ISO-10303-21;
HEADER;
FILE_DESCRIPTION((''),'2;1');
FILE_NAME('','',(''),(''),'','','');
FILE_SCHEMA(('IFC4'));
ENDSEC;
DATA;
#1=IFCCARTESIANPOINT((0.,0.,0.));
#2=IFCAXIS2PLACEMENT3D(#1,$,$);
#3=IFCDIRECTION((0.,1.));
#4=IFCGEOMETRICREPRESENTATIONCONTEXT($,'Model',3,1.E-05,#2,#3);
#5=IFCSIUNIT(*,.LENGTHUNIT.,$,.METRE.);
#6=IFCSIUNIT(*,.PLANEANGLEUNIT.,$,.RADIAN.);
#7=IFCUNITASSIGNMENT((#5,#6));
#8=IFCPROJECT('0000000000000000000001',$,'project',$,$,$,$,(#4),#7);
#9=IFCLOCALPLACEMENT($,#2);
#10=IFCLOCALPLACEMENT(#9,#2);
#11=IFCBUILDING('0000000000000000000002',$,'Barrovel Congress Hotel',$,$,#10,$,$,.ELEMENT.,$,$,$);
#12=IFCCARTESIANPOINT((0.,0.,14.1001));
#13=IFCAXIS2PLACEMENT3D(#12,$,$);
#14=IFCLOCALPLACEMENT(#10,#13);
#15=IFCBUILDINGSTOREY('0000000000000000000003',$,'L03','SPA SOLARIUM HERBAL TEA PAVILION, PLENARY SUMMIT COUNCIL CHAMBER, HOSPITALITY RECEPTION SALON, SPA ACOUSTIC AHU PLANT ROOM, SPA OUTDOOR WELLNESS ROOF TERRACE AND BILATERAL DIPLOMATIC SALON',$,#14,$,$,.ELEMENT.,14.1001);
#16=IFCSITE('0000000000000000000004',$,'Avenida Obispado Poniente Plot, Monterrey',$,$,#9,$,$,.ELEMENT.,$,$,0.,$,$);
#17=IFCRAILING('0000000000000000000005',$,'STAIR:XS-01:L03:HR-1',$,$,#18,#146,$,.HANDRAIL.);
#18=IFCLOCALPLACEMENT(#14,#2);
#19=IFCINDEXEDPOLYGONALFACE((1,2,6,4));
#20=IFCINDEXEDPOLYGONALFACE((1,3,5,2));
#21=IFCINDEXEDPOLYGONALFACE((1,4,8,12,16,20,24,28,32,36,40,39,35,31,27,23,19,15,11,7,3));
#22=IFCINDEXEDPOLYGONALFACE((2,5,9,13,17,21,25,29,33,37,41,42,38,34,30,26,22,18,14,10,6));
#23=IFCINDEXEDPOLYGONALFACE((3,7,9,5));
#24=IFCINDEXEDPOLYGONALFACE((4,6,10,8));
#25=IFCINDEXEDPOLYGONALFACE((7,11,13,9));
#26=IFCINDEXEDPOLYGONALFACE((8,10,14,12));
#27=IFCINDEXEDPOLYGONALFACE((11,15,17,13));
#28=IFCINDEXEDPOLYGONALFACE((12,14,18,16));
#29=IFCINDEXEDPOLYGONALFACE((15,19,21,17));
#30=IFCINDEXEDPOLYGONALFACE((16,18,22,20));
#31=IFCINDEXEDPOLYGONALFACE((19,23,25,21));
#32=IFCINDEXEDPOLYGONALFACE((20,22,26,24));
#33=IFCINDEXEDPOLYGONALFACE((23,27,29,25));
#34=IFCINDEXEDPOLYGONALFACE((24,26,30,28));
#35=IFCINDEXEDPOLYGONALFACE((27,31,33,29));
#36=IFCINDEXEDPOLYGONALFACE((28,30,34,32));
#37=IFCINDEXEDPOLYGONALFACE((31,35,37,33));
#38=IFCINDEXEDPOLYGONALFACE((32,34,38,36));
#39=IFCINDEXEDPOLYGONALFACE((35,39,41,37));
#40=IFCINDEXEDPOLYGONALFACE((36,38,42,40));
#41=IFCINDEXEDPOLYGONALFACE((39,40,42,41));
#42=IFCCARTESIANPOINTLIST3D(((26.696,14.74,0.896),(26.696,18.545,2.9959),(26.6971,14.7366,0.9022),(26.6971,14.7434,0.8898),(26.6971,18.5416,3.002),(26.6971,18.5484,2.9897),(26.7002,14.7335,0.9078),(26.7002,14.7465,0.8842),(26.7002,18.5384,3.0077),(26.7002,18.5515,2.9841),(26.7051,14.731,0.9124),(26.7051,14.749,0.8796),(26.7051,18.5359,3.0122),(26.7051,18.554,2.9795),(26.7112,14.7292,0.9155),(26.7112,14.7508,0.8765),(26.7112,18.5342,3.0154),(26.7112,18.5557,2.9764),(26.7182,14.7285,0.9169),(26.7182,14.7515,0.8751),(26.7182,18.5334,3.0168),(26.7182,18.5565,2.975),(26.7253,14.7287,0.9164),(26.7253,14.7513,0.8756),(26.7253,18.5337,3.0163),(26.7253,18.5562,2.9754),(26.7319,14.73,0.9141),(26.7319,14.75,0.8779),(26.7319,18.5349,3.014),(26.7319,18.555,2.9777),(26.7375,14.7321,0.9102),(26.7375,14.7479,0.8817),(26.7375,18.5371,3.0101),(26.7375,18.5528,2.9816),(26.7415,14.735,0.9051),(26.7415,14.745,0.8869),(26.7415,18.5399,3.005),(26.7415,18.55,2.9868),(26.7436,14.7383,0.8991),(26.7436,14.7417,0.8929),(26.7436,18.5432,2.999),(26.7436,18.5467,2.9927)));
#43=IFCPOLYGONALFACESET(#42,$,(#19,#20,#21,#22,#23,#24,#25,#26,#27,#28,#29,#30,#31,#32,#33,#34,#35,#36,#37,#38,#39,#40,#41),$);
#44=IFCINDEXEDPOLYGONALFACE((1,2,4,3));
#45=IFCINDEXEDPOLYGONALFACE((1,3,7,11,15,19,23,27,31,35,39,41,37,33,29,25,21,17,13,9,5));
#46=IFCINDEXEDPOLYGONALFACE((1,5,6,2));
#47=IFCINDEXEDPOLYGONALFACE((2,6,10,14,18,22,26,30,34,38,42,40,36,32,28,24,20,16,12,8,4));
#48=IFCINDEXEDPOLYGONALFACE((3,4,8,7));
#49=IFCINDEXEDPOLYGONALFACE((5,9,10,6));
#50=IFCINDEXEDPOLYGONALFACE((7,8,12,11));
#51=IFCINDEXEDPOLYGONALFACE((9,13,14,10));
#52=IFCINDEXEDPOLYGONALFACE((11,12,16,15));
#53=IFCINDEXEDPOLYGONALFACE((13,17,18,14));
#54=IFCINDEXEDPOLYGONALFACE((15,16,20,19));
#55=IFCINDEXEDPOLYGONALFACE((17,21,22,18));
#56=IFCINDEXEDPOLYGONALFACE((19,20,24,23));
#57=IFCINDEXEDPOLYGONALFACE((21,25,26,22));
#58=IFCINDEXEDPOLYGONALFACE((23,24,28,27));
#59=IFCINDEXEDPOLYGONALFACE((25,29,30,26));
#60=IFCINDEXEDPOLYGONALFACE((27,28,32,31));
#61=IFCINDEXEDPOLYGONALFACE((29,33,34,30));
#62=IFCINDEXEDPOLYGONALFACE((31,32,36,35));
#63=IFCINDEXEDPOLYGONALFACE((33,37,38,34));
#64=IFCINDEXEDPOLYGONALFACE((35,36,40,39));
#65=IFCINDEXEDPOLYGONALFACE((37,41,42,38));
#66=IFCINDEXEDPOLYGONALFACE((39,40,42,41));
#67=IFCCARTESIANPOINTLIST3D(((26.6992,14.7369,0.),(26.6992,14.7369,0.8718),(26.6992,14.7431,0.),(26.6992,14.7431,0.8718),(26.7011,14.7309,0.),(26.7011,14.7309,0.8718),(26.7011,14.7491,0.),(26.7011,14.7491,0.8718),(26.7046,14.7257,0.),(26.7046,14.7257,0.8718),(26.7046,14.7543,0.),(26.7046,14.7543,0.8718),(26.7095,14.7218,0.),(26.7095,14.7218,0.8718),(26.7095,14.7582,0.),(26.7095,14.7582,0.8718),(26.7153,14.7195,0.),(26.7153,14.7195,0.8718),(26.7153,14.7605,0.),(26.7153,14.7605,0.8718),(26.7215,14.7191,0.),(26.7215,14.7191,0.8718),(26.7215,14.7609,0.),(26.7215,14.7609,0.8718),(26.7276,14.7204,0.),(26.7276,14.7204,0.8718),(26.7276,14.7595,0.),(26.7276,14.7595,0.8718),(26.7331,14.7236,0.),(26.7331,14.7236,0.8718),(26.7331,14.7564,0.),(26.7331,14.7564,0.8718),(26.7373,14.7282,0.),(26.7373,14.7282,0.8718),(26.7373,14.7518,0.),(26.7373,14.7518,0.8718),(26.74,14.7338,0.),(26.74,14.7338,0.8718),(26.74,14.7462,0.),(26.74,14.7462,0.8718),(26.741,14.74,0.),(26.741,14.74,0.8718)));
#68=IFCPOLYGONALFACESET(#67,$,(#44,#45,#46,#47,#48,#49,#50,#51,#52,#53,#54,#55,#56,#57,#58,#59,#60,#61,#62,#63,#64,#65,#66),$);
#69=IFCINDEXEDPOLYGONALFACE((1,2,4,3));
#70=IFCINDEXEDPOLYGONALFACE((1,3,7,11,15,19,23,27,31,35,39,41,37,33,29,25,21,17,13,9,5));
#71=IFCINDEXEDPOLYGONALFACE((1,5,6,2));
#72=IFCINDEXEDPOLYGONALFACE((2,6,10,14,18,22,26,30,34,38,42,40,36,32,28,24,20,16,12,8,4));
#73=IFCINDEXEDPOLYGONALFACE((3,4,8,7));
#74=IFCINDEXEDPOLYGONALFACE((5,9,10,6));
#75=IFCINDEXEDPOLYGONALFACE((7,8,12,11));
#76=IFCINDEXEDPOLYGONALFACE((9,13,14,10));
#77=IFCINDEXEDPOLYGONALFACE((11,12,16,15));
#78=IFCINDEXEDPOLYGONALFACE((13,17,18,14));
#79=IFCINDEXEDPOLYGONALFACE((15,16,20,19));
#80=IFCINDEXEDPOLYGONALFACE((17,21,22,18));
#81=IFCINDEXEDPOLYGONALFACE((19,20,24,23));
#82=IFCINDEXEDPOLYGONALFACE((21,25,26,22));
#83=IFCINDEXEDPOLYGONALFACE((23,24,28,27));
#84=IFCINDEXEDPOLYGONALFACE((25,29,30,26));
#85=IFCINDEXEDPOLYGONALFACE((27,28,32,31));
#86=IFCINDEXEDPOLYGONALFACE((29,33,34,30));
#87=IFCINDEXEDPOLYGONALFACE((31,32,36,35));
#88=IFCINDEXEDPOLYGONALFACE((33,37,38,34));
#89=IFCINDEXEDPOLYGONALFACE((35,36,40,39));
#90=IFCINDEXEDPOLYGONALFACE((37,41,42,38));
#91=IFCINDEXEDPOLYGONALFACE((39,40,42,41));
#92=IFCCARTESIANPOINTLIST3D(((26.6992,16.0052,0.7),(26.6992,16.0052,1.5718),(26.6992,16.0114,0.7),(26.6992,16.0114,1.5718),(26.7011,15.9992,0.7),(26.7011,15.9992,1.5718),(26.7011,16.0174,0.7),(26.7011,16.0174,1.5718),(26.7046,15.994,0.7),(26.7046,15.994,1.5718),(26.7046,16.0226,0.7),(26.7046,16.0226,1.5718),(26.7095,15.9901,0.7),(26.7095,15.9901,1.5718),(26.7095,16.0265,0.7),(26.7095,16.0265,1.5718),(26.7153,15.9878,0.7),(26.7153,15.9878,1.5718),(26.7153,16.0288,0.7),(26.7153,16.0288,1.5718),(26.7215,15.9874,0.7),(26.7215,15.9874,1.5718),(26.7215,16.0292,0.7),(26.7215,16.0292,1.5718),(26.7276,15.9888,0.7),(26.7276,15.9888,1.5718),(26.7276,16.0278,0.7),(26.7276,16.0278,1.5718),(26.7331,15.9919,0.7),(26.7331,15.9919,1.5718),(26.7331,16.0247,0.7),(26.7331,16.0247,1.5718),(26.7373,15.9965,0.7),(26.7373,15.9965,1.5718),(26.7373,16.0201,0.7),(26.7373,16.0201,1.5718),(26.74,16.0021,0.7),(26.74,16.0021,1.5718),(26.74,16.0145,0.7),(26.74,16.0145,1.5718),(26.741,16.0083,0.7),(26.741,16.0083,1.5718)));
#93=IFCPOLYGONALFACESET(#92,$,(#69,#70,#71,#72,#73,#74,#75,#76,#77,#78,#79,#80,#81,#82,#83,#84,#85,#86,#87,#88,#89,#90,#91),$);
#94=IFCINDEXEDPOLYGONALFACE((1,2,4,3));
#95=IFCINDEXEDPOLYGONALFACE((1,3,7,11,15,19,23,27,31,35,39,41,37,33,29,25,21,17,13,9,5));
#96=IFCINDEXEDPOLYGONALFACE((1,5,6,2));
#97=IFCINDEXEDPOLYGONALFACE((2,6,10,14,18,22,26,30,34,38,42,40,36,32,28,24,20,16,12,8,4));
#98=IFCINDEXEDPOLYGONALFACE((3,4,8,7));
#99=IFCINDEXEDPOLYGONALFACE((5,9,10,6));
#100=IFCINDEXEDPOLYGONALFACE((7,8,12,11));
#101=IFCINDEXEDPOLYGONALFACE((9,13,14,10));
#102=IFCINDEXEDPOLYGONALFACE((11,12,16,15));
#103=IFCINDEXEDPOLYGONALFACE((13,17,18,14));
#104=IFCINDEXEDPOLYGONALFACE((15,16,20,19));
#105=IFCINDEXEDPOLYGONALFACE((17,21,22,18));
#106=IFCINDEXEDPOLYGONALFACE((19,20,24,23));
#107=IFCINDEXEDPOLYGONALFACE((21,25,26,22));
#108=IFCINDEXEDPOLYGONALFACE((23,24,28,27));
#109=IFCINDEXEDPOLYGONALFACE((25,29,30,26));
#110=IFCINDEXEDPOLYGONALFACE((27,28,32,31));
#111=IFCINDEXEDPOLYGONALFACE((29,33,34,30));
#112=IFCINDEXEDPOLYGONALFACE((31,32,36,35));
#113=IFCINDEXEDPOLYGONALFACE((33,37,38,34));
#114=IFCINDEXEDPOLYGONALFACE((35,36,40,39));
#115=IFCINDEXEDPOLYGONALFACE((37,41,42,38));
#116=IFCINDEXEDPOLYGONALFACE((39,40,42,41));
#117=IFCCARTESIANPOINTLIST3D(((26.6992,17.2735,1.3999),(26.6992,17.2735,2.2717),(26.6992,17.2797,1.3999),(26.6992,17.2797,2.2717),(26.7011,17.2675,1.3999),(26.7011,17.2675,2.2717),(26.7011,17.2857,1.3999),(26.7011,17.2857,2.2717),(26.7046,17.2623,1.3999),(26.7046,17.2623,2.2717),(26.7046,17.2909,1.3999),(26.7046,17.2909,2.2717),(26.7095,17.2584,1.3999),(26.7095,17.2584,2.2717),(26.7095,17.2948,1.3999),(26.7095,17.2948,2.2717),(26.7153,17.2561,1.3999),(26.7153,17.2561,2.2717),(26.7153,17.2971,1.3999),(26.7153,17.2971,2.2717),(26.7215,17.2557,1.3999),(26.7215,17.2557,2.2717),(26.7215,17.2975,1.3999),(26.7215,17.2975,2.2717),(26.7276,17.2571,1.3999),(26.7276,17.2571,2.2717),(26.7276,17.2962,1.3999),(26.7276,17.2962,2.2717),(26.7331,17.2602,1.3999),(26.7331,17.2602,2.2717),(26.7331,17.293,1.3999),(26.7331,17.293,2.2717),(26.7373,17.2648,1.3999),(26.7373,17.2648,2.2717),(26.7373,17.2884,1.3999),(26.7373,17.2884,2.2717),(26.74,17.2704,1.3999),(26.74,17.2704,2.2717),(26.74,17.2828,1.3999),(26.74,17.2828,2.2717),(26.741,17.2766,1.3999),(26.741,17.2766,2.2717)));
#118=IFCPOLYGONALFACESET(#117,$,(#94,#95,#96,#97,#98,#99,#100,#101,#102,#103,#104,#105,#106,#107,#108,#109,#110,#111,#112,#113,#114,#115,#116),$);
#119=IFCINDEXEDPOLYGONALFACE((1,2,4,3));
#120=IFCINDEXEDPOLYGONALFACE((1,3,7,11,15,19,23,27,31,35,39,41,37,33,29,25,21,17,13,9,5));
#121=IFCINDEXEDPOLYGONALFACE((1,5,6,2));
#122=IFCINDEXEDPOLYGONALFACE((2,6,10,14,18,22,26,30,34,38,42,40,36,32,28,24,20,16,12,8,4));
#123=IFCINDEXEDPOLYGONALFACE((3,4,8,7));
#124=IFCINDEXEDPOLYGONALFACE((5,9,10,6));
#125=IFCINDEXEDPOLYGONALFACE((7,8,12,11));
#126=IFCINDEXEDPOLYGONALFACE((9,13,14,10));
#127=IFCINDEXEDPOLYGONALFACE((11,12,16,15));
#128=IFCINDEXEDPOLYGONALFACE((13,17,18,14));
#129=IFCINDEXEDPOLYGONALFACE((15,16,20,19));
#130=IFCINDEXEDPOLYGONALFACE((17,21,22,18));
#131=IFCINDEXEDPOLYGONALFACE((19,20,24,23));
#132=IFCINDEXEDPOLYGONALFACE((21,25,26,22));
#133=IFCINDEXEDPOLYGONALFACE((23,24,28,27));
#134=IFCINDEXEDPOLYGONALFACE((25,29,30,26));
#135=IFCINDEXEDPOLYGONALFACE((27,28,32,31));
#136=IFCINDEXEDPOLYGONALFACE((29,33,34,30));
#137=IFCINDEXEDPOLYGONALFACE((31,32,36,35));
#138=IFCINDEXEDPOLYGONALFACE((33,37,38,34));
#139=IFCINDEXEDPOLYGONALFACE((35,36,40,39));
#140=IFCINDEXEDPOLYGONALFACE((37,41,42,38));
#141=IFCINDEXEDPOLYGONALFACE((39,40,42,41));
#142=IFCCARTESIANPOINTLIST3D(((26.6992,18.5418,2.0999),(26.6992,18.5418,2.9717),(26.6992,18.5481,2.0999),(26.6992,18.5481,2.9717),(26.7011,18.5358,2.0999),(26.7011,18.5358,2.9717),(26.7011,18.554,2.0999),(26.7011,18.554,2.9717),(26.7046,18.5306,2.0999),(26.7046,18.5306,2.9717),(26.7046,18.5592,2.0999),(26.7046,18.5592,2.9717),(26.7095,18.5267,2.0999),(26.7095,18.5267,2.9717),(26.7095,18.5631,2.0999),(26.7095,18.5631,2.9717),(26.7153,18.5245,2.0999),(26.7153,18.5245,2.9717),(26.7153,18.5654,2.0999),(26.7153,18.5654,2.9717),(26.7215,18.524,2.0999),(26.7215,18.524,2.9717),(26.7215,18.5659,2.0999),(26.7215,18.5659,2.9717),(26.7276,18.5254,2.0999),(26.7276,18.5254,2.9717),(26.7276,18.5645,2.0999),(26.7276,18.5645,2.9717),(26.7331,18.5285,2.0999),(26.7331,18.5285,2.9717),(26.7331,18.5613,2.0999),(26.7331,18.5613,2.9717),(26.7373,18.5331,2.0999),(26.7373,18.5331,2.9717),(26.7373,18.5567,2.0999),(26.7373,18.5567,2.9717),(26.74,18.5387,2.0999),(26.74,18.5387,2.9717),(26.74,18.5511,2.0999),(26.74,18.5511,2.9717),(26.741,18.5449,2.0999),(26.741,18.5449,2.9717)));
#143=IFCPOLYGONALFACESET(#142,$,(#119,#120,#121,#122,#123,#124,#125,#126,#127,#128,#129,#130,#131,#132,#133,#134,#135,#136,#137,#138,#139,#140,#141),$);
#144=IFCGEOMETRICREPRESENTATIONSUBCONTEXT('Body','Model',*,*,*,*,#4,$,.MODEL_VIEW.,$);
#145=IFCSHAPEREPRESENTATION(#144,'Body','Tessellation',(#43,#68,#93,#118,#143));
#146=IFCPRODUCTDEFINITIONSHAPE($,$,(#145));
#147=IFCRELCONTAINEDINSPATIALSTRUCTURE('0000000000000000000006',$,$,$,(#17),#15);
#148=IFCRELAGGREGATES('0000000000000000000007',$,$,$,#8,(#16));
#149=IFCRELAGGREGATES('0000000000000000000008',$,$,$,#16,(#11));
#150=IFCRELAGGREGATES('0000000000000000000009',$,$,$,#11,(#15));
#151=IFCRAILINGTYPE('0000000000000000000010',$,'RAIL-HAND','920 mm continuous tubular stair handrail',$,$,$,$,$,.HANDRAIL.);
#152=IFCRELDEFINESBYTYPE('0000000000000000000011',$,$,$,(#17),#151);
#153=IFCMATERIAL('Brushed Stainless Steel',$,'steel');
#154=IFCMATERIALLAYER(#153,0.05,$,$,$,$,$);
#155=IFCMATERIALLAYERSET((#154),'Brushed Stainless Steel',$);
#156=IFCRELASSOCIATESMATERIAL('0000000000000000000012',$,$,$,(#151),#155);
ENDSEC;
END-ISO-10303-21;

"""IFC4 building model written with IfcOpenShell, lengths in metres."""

from ifc_helpers import new_model, si_unit, direction, frame, origin, origin_2d, place, context, subcontext, project, spatial, circle, extrude, material, layer, layer_set, type_object, element, save


model = new_model("IFC4")

# Units and contexts
model_context = context("Model", 3, precision=1e-05, world=origin(), true_north=direction((0.0, 1.0)))
body_context = subcontext(model_context, "Body", "Model", "MODEL_VIEW")
ifc_project = project(units=[si_unit("LENGTHUNIT", "METRE"), si_unit("PLANEANGLEUNIT", "RADIAN")], contexts=[model_context])

# Site, building, storey
site_placement = place(None, origin())
site = spatial("IfcSite", under=ifc_project, at=site_placement, Name="Avenida Obispado Poniente Plot, Monterrey", CompositionType="ELEMENT", RefElevation=0.0)
building_placement = place(site_placement, origin())
building = spatial("IfcBuilding", under=site, at=building_placement, Name="Barrovel Congress Hotel", CompositionType="ELEMENT")
storey_placement = place(building_placement, frame((0.0, 0.0, 14.1001)))
storey = spatial("IfcBuildingStorey", under=building, at=storey_placement, Name="L03", Description="SPA SOLARIUM HERBAL TEA PAVILION, PLENARY SUMMIT COUNCIL CHAMBER, HOSPITALITY RECEPTION SALON, SPA ACOUSTIC AHU PLANT ROOM, SPA OUTDOOR WELLNESS ROOF TERRACE AND BILATERAL DIPLOMATIC SALON", CompositionType="ELEMENT", Elevation=14.1001)

# Shared definitions
ifc_material_1 = material(Name="Brushed Stainless Steel", Category="steel")

# Railing
ifc_layer_1 = layer(ifc_material_1, 0.05)
ifc_layer_set_1 = layer_set([ifc_layer_1], Name="Brushed Stainless Steel")
railing_type_1 = type_object("IfcRailingType", Name="RAIL-HAND", Description="920 mm continuous tubular stair handrail", PredefinedType="HANDRAIL", material=ifc_layer_set_1)
railing_1_placement = place(storey_placement, frame((26.72, 14.74, 0.0)))
element("IfcRailing", 1, at=railing_1_placement, inside=storey, type_object=railing_type_1, Name="STAIR:XS-01:L03:HR-1", PredefinedType="HANDRAIL", context=body_context, shape_type="SweptSolid", body=[
    extrude(circle(Radius=0.0239, at=origin_2d()), frame((0.0, 0.0, 0.896), z_axis=(0.0, 0.875521, 0.48318), x_axis=(-1.0, 0.0, 0.0)), (0.0, 0.0, 1.0), 4.3459),
    extrude(circle(Radius=0.021, at=origin_2d()), origin(), (0.0, 0.0, 1.0), 0.8718),
    extrude(circle(Radius=0.021, at=origin_2d()), frame((0.0, 1.2683, 0.7)), (0.0, 0.0, 1.0), 0.8718),
    extrude(circle(Radius=0.021, at=origin_2d()), frame((0.0, 2.5366, 1.3999)), (0.0, 0.0, 1.0), 0.8718),
    extrude(circle(Radius=0.021, at=origin_2d()), frame((0.0, 3.8049, 2.0999)), (0.0, 0.0, 1.0), 0.8718),
])

save(model, "model.ifc")
